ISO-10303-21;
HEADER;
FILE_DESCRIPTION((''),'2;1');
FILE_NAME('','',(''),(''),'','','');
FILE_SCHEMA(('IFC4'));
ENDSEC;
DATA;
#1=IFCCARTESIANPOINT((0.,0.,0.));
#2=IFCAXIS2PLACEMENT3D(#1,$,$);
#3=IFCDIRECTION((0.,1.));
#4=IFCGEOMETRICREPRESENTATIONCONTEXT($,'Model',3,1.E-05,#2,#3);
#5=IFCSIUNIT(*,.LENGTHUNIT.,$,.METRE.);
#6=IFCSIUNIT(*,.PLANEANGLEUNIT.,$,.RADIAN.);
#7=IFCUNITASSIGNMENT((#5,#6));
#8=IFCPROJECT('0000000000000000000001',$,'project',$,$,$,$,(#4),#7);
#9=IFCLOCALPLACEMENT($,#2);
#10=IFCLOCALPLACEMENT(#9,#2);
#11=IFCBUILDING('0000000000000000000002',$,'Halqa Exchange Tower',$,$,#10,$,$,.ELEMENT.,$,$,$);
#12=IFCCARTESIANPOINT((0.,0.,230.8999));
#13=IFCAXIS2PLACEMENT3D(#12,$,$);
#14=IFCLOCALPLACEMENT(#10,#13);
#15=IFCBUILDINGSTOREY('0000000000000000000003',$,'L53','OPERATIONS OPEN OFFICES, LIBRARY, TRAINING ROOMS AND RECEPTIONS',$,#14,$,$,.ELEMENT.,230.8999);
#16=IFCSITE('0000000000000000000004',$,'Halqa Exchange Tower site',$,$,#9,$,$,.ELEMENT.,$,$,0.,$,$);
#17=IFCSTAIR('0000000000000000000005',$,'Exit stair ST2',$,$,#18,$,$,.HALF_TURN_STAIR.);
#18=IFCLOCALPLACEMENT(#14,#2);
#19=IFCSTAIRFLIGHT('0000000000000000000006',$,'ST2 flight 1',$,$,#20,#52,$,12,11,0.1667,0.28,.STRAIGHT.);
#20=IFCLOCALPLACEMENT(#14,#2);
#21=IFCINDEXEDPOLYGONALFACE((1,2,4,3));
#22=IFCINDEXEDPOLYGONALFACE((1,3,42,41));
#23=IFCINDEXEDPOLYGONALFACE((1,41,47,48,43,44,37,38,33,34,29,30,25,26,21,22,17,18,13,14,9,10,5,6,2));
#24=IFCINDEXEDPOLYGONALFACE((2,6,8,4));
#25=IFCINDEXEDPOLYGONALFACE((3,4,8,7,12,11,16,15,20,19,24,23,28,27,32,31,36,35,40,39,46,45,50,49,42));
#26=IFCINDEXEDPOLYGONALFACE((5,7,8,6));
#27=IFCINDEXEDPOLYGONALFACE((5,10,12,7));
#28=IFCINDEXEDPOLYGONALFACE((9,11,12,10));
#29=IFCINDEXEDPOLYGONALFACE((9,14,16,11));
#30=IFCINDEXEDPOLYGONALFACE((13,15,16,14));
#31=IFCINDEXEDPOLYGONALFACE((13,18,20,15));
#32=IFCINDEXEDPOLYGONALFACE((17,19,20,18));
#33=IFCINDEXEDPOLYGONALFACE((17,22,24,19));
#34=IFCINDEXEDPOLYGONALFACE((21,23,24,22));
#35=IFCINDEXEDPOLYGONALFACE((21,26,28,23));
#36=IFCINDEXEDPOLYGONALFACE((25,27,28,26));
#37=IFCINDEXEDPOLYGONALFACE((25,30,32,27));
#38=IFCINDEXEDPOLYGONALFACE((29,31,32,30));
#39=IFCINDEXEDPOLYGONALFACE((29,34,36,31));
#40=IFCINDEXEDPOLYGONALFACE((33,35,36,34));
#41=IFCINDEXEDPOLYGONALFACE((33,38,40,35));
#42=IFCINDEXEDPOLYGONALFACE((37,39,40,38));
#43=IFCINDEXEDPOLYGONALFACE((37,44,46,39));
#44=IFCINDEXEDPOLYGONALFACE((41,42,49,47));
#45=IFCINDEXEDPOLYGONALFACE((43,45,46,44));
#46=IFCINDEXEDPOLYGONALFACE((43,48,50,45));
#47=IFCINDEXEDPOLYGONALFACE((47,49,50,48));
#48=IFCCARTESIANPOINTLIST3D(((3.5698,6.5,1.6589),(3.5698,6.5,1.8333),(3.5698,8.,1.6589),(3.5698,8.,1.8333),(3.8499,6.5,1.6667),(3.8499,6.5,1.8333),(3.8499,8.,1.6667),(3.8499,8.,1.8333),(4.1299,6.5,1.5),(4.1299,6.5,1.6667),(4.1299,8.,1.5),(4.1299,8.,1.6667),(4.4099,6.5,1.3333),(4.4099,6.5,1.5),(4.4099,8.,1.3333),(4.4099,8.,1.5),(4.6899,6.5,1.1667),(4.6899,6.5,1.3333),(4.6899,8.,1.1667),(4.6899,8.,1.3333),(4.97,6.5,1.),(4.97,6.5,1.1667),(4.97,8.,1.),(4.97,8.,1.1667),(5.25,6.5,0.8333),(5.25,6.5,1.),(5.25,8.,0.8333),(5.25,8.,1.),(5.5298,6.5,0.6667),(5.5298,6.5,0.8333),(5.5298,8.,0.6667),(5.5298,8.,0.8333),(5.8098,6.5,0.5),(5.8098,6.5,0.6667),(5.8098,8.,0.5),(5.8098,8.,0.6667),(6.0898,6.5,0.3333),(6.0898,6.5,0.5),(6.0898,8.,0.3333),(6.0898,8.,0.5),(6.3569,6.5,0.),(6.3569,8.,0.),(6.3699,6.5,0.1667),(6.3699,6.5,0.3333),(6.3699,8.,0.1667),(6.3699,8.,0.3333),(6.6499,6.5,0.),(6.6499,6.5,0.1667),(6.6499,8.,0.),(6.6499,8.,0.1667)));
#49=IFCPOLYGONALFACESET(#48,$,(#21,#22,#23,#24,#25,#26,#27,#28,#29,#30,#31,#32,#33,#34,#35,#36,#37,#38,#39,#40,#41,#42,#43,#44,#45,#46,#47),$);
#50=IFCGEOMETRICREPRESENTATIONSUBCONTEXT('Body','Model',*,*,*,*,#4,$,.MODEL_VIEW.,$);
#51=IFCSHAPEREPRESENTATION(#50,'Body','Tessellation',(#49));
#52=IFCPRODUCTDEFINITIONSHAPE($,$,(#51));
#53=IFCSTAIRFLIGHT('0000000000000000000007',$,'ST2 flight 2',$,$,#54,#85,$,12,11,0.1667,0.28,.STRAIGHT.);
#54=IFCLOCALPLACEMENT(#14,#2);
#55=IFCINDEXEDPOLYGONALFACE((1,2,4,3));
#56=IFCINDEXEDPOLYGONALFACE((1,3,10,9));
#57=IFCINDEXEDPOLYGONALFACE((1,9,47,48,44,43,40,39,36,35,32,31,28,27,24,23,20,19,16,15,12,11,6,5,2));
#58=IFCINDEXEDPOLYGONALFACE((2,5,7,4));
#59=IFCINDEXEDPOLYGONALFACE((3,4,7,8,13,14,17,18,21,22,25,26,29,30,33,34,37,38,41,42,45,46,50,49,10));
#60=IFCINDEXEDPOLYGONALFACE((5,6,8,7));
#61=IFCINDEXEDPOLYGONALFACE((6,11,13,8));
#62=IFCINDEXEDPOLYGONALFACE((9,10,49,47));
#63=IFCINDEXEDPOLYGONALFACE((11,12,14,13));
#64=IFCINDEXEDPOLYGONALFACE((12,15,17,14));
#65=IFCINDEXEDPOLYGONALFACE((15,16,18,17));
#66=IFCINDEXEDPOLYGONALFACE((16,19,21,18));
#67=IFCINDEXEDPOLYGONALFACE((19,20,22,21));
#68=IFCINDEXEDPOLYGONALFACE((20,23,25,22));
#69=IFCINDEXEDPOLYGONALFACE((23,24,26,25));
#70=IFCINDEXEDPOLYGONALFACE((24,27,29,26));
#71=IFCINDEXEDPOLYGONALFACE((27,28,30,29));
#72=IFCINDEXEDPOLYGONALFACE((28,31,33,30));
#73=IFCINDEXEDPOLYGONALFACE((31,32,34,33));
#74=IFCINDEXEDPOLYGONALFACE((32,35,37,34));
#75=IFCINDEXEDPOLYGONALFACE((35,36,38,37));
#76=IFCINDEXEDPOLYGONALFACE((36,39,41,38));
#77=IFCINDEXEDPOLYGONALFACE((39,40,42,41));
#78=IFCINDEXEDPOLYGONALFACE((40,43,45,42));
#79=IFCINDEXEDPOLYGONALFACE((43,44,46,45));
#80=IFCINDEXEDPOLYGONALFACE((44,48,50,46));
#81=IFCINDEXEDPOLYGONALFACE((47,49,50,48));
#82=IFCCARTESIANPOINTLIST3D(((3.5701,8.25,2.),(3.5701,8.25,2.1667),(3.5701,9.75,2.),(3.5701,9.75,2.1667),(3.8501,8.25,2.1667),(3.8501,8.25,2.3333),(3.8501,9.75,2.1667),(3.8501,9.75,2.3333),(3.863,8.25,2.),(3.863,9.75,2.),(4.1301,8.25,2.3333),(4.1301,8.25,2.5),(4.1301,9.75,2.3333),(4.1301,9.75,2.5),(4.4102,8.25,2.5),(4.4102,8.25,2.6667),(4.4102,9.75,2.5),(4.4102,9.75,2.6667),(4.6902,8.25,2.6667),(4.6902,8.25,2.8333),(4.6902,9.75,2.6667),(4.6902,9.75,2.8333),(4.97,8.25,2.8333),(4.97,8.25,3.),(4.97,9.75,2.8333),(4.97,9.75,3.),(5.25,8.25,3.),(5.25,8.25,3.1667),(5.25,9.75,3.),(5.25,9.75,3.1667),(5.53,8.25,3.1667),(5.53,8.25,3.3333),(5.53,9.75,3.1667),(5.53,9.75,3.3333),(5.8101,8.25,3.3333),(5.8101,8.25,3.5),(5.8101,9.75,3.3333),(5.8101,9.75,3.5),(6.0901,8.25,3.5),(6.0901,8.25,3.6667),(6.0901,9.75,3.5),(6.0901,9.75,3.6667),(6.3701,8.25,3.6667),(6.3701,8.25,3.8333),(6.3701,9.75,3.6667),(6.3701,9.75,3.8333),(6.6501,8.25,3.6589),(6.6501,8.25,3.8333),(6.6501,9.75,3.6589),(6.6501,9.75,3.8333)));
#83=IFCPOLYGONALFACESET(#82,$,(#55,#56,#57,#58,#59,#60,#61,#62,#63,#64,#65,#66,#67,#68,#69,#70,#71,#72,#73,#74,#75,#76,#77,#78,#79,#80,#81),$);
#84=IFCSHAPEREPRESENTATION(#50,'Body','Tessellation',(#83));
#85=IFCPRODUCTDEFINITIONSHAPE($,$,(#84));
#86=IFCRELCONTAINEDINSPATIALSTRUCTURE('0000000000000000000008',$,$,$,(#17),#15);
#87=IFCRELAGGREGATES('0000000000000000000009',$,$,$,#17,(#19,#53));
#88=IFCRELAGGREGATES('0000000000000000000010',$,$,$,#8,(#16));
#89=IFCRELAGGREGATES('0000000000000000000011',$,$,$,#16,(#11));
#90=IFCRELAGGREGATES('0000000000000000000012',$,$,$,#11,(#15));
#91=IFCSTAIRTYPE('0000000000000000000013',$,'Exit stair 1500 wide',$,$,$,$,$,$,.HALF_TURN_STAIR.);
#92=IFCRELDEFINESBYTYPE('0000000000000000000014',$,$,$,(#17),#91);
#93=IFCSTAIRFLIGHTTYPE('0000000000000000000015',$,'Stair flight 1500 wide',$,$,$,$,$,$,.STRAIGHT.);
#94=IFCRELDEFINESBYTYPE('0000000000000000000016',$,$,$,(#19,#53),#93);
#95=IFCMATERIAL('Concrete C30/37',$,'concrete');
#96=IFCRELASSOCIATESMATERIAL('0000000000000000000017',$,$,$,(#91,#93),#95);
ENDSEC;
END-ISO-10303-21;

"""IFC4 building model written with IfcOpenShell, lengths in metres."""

from ifc_helpers import new_model, si_unit, direction, frame, origin, place, context, subcontext, project, spatial, polyline, outline, extrude, material, type_object, element, aggregate, save


model = new_model("IFC4")

# Units and contexts
model_context = context("Model", 3, precision=1e-05, world=origin(), true_north=direction((0.0, 1.0)))
body_context = subcontext(model_context, "Body", "Model", "MODEL_VIEW")
ifc_project = project(units=[si_unit("LENGTHUNIT", "METRE"), si_unit("PLANEANGLEUNIT", "RADIAN")], contexts=[model_context])

# Site, building, storey
site_placement = place(None, origin())
site = spatial("IfcSite", under=ifc_project, at=site_placement, Name="Halqa Exchange Tower site", CompositionType="ELEMENT", RefElevation=0.0)
building_placement = place(site_placement, origin())
building = spatial("IfcBuilding", under=site, at=building_placement, Name="Halqa Exchange Tower", CompositionType="ELEMENT")
storey_placement = place(building_placement, frame((0.0, 0.0, 230.8999)))
storey = spatial("IfcBuildingStorey", under=building, at=storey_placement, Name="L53", Description="OPERATIONS OPEN OFFICES, LIBRARY, TRAINING ROOMS AND RECEPTIONS", CompositionType="ELEMENT", Elevation=230.8999)

# Stair
ifc_material_1 = material(Name="Concrete C30/37", Category="concrete")
stair_type = type_object("IfcStairType", Name="Exit stair 1500 wide", PredefinedType="HALF_TURN_STAIR", material=ifc_material_1)
stair_1_placement = place(storey_placement, origin())
stair_1 = element("IfcStair", 1, at=stair_1_placement, inside=storey, type_object=stair_type, Name="Exit stair ST2", PredefinedType="HALF_TURN_STAIR")

# Stair flights
stair_flight_type = type_object("IfcStairFlightType", Name="Stair flight 1500 wide", PredefinedType="STRAIGHT", material=ifc_material_1)
stair_flight_1_placement = place(storey_placement, frame((6.6499, 7.25, 0.0), z_axis=(0.0, 0.0, 1.0), x_axis=(-1.0, 0.0, 0.0)))
stair_flight_1 = element("IfcStairFlight", 2, at=stair_flight_1_placement, type_object=stair_flight_type, Name="ST2 flight 1", NumberOfRisers=12, NumberOfTreads=11, PredefinedType="STRAIGHT", RiserHeight=0.1667, TreadLength=0.28, context=body_context, shape_type="SweptSolid", body=[
    extrude(outline(polyline([(0.0, 0.0), (0.0, 0.1667), (0.28, 0.1667), (0.28, 0.3333), (0.5601, 0.3333), (0.5601, 0.5), (0.8401, 0.5), (0.8401, 0.6667), (1.1201, 0.6667), (1.1201, 0.8333), (1.3999, 0.8333), (1.3999, 1.0), (1.6799, 1.0), (1.6799, 1.1667), (1.96, 1.1667), (1.96, 1.3333), (2.24, 1.3333), (2.24, 1.5), (2.52, 1.5), (2.52, 1.6667), (2.8, 1.6667), (2.8, 1.8333), (3.0801, 1.8333), (3.0801, 2.0), (3.0801, 1.6589), (0.293, 0.0), (0.0, 0.0)])), frame((0.0, 0.75, 0.0), z_axis=(0.0, -1.0, 0.0), x_axis=(1.0, 0.0, 0.0)), (0.0, 0.0, 1.0), 1.5),
])
stair_flight_2_placement = place(storey_placement, frame((3.5701, 9.0, 2.0), z_axis=(0.0, 0.0, 1.0), x_axis=(1.0, 0.0, 0.0)))
stair_flight_2 = element("IfcStairFlight", 3, at=stair_flight_2_placement, type_object=stair_flight_type, Name="ST2 flight 2", NumberOfRisers=12, NumberOfTreads=11, PredefinedType="STRAIGHT", RiserHeight=0.1667, TreadLength=0.28, context=body_context, shape_type="SweptSolid", body=[
    extrude(outline(polyline([(0.0, 0.0), (0.0, 0.1667), (0.28, 0.1667), (0.28, 0.3333), (0.5601, 0.3333), (0.5601, 0.5), (0.8401, 0.5), (0.8401, 0.6667), (1.1201, 0.6667), (1.1201, 0.8333), (1.3999, 0.8333), (1.3999, 1.0), (1.6799, 1.0), (1.6799, 1.1667), (1.96, 1.1667), (1.96, 1.3333), (2.24, 1.3333), (2.24, 1.5), (2.52, 1.5), (2.52, 1.6667), (2.8, 1.6667), (2.8, 1.8333), (3.0801, 1.8333), (3.0801, 2.0), (3.0801, 1.6589), (0.293, 0.0), (0.0, 0.0)])), frame((0.0, 0.75, 0.0), z_axis=(0.0, -1.0, 0.0), x_axis=(1.0, 0.0, 0.0)), (0.0, 0.0, 1.0), 1.5),
])
aggregate(stair_1, [stair_flight_1, stair_flight_2])

save(model, "model.ifc")
